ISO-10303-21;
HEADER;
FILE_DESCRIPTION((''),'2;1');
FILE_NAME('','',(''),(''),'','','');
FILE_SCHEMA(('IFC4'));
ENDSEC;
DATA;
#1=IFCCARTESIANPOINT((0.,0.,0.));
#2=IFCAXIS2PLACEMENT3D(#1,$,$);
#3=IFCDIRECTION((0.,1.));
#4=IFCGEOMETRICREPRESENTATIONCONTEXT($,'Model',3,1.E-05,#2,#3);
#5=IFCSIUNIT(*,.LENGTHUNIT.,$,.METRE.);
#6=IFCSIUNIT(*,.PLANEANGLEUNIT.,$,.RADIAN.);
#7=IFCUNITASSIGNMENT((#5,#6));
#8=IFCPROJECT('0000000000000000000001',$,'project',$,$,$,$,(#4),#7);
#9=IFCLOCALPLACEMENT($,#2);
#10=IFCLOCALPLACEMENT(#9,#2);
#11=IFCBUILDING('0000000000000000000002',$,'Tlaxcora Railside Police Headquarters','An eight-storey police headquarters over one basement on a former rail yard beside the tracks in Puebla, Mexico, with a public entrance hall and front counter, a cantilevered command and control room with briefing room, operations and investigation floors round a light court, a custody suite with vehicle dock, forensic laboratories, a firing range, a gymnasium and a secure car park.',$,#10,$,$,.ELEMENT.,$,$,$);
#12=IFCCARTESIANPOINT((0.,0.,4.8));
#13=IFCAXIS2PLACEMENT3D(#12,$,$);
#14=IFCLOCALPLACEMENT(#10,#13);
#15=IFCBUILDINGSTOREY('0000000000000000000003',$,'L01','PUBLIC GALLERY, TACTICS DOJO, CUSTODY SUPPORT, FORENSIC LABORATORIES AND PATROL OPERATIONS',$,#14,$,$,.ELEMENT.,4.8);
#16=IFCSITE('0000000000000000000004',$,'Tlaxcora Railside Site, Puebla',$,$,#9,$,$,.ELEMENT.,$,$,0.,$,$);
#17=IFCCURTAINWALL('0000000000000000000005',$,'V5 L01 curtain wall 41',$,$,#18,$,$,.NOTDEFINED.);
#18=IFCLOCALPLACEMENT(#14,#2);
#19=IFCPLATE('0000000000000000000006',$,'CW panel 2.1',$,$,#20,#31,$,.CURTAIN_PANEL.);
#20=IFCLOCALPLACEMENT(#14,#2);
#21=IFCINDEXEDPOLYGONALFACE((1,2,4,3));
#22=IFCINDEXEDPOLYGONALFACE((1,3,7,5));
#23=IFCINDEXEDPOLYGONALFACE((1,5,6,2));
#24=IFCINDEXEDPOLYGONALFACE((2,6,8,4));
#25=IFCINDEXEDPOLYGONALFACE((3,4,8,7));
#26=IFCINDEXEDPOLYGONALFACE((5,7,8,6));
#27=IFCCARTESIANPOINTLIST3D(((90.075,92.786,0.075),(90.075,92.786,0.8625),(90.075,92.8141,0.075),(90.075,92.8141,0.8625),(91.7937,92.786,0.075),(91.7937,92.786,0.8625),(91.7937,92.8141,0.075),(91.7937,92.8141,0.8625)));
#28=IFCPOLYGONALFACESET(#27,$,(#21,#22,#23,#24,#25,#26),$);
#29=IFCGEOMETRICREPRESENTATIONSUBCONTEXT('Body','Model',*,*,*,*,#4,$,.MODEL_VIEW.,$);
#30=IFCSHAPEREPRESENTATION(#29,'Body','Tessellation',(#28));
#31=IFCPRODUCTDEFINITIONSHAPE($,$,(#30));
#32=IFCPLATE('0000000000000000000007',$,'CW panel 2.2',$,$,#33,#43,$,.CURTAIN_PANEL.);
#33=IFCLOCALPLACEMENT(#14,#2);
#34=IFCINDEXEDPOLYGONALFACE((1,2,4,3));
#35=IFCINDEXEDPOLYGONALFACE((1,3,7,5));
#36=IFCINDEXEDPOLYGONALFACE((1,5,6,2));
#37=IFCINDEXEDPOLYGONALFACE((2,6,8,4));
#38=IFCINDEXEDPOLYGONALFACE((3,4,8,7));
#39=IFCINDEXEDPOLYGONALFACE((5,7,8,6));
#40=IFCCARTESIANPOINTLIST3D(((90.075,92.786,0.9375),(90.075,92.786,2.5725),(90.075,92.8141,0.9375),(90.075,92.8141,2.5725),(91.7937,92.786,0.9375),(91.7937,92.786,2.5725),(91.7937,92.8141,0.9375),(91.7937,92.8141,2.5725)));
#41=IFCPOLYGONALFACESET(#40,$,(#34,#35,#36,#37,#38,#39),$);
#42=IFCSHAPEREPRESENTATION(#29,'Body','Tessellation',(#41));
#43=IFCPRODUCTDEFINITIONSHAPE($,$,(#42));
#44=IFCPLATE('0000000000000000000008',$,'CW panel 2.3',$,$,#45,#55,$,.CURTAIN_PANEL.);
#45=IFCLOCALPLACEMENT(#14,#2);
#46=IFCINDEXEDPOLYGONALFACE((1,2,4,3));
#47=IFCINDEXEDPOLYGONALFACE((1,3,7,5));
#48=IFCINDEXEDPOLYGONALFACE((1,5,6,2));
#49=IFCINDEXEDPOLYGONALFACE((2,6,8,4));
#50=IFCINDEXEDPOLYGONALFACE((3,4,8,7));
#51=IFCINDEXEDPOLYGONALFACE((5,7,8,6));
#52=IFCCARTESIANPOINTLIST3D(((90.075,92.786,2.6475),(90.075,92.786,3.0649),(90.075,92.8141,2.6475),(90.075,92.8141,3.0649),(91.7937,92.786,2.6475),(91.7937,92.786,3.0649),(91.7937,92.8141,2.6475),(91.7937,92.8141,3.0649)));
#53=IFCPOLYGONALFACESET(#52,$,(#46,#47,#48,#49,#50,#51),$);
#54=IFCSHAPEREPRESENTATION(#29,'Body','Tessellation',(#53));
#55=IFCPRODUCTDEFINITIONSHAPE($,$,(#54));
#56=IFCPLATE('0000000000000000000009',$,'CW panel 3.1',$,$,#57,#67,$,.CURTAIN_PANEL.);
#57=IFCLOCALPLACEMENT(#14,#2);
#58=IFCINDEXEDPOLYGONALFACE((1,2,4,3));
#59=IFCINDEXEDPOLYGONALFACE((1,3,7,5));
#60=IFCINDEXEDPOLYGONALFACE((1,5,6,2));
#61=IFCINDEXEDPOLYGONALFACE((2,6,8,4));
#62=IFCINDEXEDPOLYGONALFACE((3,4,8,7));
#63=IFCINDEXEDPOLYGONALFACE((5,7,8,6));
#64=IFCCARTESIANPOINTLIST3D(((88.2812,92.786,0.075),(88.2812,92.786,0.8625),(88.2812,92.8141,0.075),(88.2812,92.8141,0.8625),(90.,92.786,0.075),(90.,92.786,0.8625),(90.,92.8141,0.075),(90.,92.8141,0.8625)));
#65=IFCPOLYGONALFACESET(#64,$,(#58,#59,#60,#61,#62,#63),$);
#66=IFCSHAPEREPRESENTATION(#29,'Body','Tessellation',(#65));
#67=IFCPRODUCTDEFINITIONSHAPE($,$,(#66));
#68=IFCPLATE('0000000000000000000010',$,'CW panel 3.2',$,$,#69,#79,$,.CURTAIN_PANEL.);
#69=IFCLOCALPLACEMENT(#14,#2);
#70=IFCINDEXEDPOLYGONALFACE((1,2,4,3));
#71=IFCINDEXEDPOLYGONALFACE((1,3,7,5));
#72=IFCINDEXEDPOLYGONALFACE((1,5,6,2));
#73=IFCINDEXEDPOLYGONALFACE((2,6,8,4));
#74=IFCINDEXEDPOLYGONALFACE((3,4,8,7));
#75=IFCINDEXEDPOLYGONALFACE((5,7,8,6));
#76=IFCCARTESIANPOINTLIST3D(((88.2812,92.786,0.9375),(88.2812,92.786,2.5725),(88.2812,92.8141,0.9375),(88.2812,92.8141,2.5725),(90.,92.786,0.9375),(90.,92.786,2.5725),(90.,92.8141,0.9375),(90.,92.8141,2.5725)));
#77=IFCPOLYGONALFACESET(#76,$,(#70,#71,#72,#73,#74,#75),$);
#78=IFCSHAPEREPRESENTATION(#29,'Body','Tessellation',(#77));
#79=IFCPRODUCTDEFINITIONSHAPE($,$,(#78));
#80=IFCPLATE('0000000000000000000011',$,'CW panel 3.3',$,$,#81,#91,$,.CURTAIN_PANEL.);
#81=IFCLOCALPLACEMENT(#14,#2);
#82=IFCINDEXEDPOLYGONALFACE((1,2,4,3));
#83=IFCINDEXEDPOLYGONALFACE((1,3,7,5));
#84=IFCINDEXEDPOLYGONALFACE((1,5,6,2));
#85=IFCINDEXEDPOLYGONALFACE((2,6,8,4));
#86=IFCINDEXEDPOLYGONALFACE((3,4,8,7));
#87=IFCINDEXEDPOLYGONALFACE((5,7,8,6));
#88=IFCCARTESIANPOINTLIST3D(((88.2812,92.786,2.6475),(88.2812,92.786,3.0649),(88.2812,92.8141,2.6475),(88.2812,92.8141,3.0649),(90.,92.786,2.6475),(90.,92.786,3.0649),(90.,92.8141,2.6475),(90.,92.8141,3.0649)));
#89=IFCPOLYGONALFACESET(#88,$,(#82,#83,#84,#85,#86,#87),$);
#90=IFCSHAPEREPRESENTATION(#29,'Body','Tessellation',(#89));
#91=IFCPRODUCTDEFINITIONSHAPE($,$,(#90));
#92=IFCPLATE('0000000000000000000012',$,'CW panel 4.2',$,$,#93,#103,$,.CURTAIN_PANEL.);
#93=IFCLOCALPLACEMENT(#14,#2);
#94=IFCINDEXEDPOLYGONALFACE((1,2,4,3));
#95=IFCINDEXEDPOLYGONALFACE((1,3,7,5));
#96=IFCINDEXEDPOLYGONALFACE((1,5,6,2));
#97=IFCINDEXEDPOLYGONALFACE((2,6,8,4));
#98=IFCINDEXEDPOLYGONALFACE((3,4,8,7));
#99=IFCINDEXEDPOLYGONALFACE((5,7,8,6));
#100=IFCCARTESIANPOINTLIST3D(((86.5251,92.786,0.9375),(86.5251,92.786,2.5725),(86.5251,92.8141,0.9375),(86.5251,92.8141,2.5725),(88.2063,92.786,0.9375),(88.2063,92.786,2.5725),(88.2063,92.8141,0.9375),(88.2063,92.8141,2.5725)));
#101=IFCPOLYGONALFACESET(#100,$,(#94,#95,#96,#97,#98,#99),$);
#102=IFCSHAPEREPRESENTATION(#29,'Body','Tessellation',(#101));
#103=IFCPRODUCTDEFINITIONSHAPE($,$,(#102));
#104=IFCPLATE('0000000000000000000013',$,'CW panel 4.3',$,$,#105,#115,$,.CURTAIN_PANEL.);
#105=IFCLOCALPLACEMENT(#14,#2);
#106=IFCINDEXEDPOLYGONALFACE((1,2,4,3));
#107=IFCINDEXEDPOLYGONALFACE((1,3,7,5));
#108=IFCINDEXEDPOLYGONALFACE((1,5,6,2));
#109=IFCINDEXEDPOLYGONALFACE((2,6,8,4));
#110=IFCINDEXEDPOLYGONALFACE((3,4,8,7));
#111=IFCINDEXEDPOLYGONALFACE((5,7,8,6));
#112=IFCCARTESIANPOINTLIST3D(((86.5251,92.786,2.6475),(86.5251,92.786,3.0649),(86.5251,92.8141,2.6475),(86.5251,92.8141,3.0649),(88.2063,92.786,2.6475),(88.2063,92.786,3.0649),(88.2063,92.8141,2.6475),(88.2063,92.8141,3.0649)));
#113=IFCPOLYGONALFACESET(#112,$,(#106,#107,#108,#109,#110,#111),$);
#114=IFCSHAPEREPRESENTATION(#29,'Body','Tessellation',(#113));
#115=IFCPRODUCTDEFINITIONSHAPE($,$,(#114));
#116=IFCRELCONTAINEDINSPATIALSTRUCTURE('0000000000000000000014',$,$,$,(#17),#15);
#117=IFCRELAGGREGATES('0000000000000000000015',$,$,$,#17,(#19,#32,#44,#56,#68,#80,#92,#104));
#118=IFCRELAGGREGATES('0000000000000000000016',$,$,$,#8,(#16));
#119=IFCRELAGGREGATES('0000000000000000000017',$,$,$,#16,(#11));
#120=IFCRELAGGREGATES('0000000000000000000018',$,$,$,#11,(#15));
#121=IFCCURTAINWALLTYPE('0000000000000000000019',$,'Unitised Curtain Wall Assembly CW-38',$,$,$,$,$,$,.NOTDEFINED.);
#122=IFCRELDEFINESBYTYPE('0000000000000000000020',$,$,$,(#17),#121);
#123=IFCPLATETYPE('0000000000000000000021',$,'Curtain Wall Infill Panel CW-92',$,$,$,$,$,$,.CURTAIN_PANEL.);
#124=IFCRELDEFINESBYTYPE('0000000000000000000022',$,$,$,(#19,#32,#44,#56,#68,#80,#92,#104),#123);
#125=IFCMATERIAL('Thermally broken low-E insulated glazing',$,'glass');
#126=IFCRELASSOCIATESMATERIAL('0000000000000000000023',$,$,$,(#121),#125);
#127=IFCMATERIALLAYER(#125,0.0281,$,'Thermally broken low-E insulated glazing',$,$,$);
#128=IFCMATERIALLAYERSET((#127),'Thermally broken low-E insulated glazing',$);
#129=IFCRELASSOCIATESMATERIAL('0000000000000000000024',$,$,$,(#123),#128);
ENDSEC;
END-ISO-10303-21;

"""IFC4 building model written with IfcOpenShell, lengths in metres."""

from ifc_helpers import new_model, si_unit, direction, frame, origin, origin_2d, place, context, subcontext, project, spatial, rectangle, extrude, material, layer, layer_set, type_object, element, aggregate, save


model = new_model("IFC4")

# Units and contexts
model_context = context("Model", 3, precision=1e-05, world=origin(), true_north=direction((0.0, 1.0)))
body_context = subcontext(model_context, "Body", "Model", "MODEL_VIEW")
ifc_project = project(units=[si_unit("LENGTHUNIT", "METRE"), si_unit("PLANEANGLEUNIT", "RADIAN")], contexts=[model_context])

# Site, building, storey
site_placement = place(None, origin())
site = spatial("IfcSite", under=ifc_project, at=site_placement, Name="Tlaxcora Railside Site, Puebla", CompositionType="ELEMENT", RefElevation=0.0)
building_placement = place(site_placement, origin())
building = spatial("IfcBuilding", under=site, at=building_placement, Name="Tlaxcora Railside Police Headquarters", Description="An eight-storey police headquarters over one basement on a former rail yard beside the tracks in Puebla, Mexico, with a public entrance hall and front counter, a cantilevered command and control room with briefing room, operations and investigation floors round a light court, a custody suite with vehicle dock, forensic laboratories, a firing range, a gymnasium and a secure car park.", CompositionType="ELEMENT")
storey_placement = place(building_placement, frame((0.0, 0.0, 4.8)))
storey = spatial("IfcBuildingStorey", under=building, at=storey_placement, Name="L01", Description="PUBLIC GALLERY, TACTICS DOJO, CUSTODY SUPPORT, FORENSIC LABORATORIES AND PATROL OPERATIONS", CompositionType="ELEMENT", Elevation=4.8)

# Curtain wall, plates
ifc_material_1 = material(Name="Thermally broken low-E insulated glazing", Category="glass")
curtain_wall_type = type_object("IfcCurtainWallType", Name="Unitised Curtain Wall Assembly CW-38", PredefinedType="NOTDEFINED", material=ifc_material_1)
curtain_wall_placement = place(storey_placement, origin())
curtain_wall = element("IfcCurtainWall", 1, at=curtain_wall_placement, inside=storey, type_object=curtain_wall_type, Name="V5 L01 curtain wall 41", PredefinedType="NOTDEFINED")
ifc_layer = layer(ifc_material_1, 0.0281, Name="Thermally broken low-E insulated glazing")
ifc_layer_set = layer_set([ifc_layer], Name="Thermally broken low-E insulated glazing")
plate_type = type_object("IfcPlateType", Name="Curtain Wall Infill Panel CW-92", PredefinedType="CURTAIN_PANEL", material=ifc_layer_set)
plate_1_placement = place(storey_placement, frame((90.9343, 92.8, 0.075), z_axis=(0.0, 0.0, 1.0), x_axis=(-1.0, 0.0, 0.0)))
plate_1 = element("IfcPlate", 2, at=plate_1_placement, type_object=plate_type, Name="CW panel 2.1", PredefinedType="CURTAIN_PANEL", context=body_context, shape_type="SweptSolid", body=[
    extrude(rectangle(XDim=1.7188, YDim=0.0281, at=origin_2d()), origin(), (0.0, 0.0, 1.0), 0.7876),
])
plate_2_placement = place(storey_placement, frame((90.9343, 92.8, 0.9375), z_axis=(0.0, 0.0, 1.0), x_axis=(-1.0, 0.0, 0.0)))
plate_2 = element("IfcPlate", 3, at=plate_2_placement, type_object=plate_type, Name="CW panel 2.2", PredefinedType="CURTAIN_PANEL", context=body_context, shape_type="SweptSolid", body=[
    extrude(rectangle(XDim=1.7188, YDim=0.0281, at=origin_2d()), origin(), (0.0, 0.0, 1.0), 1.635),
])
plate_3_placement = place(storey_placement, frame((90.9343, 92.8, 2.6475), z_axis=(0.0, 0.0, 1.0), x_axis=(-1.0, 0.0, 0.0)))
plate_3 = element("IfcPlate", 4, at=plate_3_placement, type_object=plate_type, Name="CW panel 2.3", PredefinedType="CURTAIN_PANEL", context=body_context, shape_type="SweptSolid", body=[
    extrude(rectangle(XDim=1.7188, YDim=0.0281, at=origin_2d()), origin(), (0.0, 0.0, 1.0), 0.4175),
])
plate_4_placement = place(storey_placement, frame((89.1406, 92.8, 0.075), z_axis=(0.0, 0.0, 1.0), x_axis=(-1.0, 0.0, 0.0)))
plate_4 = element("IfcPlate", 5, at=plate_4_placement, type_object=plate_type, Name="CW panel 3.1", PredefinedType="CURTAIN_PANEL", context=body_context, shape_type="SweptSolid", body=[
    extrude(rectangle(XDim=1.7188, YDim=0.0281, at=origin_2d()), origin(), (0.0, 0.0, 1.0), 0.7876),
])
plate_5_placement = place(storey_placement, frame((89.1406, 92.8, 0.9375), z_axis=(0.0, 0.0, 1.0), x_axis=(-1.0, 0.0, 0.0)))
plate_5 = element("IfcPlate", 6, at=plate_5_placement, type_object=plate_type, Name="CW panel 3.2", PredefinedType="CURTAIN_PANEL", context=body_context, shape_type="SweptSolid", body=[
    extrude(rectangle(XDim=1.7188, YDim=0.0281, at=origin_2d()), origin(), (0.0, 0.0, 1.0), 1.635),
])
plate_6_placement = place(storey_placement, frame((89.1406, 92.8, 2.6475), z_axis=(0.0, 0.0, 1.0), x_axis=(-1.0, 0.0, 0.0)))
plate_6 = element("IfcPlate", 7, at=plate_6_placement, type_object=plate_type, Name="CW panel 3.3", PredefinedType="CURTAIN_PANEL", context=body_context, shape_type="SweptSolid", body=[
    extrude(rectangle(XDim=1.7188, YDim=0.0281, at=origin_2d()), origin(), (0.0, 0.0, 1.0), 0.4175),
])
plate_7_placement = place(storey_placement, frame((87.3657, 92.8, 0.9375), z_axis=(0.0, 0.0, 1.0), x_axis=(-1.0, 0.0, 0.0)))
plate_7 = element("IfcPlate", 8, at=plate_7_placement, type_object=plate_type, Name="CW panel 4.2", PredefinedType="CURTAIN_PANEL", context=body_context, shape_type="SweptSolid", body=[
    extrude(rectangle(XDim=1.6812, YDim=0.0281, at=origin_2d()), origin(), (0.0, 0.0, 1.0), 1.635),
])
plate_8_placement = place(storey_placement, frame((87.3657, 92.8, 2.6475), z_axis=(0.0, 0.0, 1.0), x_axis=(-1.0, 0.0, 0.0)))
plate_8 = element("IfcPlate", 9, at=plate_8_placement, type_object=plate_type, Name="CW panel 4.3", PredefinedType="CURTAIN_PANEL", context=body_context, shape_type="SweptSolid", body=[
    extrude(rectangle(XDim=1.6812, YDim=0.0281, at=origin_2d()), origin(), (0.0, 0.0, 1.0), 0.4175),
])
aggregate(curtain_wall, [plate_1, plate_2, plate_3, plate_4, plate_5, plate_6, plate_7, plate_8])

save(model, "model.ifc")
